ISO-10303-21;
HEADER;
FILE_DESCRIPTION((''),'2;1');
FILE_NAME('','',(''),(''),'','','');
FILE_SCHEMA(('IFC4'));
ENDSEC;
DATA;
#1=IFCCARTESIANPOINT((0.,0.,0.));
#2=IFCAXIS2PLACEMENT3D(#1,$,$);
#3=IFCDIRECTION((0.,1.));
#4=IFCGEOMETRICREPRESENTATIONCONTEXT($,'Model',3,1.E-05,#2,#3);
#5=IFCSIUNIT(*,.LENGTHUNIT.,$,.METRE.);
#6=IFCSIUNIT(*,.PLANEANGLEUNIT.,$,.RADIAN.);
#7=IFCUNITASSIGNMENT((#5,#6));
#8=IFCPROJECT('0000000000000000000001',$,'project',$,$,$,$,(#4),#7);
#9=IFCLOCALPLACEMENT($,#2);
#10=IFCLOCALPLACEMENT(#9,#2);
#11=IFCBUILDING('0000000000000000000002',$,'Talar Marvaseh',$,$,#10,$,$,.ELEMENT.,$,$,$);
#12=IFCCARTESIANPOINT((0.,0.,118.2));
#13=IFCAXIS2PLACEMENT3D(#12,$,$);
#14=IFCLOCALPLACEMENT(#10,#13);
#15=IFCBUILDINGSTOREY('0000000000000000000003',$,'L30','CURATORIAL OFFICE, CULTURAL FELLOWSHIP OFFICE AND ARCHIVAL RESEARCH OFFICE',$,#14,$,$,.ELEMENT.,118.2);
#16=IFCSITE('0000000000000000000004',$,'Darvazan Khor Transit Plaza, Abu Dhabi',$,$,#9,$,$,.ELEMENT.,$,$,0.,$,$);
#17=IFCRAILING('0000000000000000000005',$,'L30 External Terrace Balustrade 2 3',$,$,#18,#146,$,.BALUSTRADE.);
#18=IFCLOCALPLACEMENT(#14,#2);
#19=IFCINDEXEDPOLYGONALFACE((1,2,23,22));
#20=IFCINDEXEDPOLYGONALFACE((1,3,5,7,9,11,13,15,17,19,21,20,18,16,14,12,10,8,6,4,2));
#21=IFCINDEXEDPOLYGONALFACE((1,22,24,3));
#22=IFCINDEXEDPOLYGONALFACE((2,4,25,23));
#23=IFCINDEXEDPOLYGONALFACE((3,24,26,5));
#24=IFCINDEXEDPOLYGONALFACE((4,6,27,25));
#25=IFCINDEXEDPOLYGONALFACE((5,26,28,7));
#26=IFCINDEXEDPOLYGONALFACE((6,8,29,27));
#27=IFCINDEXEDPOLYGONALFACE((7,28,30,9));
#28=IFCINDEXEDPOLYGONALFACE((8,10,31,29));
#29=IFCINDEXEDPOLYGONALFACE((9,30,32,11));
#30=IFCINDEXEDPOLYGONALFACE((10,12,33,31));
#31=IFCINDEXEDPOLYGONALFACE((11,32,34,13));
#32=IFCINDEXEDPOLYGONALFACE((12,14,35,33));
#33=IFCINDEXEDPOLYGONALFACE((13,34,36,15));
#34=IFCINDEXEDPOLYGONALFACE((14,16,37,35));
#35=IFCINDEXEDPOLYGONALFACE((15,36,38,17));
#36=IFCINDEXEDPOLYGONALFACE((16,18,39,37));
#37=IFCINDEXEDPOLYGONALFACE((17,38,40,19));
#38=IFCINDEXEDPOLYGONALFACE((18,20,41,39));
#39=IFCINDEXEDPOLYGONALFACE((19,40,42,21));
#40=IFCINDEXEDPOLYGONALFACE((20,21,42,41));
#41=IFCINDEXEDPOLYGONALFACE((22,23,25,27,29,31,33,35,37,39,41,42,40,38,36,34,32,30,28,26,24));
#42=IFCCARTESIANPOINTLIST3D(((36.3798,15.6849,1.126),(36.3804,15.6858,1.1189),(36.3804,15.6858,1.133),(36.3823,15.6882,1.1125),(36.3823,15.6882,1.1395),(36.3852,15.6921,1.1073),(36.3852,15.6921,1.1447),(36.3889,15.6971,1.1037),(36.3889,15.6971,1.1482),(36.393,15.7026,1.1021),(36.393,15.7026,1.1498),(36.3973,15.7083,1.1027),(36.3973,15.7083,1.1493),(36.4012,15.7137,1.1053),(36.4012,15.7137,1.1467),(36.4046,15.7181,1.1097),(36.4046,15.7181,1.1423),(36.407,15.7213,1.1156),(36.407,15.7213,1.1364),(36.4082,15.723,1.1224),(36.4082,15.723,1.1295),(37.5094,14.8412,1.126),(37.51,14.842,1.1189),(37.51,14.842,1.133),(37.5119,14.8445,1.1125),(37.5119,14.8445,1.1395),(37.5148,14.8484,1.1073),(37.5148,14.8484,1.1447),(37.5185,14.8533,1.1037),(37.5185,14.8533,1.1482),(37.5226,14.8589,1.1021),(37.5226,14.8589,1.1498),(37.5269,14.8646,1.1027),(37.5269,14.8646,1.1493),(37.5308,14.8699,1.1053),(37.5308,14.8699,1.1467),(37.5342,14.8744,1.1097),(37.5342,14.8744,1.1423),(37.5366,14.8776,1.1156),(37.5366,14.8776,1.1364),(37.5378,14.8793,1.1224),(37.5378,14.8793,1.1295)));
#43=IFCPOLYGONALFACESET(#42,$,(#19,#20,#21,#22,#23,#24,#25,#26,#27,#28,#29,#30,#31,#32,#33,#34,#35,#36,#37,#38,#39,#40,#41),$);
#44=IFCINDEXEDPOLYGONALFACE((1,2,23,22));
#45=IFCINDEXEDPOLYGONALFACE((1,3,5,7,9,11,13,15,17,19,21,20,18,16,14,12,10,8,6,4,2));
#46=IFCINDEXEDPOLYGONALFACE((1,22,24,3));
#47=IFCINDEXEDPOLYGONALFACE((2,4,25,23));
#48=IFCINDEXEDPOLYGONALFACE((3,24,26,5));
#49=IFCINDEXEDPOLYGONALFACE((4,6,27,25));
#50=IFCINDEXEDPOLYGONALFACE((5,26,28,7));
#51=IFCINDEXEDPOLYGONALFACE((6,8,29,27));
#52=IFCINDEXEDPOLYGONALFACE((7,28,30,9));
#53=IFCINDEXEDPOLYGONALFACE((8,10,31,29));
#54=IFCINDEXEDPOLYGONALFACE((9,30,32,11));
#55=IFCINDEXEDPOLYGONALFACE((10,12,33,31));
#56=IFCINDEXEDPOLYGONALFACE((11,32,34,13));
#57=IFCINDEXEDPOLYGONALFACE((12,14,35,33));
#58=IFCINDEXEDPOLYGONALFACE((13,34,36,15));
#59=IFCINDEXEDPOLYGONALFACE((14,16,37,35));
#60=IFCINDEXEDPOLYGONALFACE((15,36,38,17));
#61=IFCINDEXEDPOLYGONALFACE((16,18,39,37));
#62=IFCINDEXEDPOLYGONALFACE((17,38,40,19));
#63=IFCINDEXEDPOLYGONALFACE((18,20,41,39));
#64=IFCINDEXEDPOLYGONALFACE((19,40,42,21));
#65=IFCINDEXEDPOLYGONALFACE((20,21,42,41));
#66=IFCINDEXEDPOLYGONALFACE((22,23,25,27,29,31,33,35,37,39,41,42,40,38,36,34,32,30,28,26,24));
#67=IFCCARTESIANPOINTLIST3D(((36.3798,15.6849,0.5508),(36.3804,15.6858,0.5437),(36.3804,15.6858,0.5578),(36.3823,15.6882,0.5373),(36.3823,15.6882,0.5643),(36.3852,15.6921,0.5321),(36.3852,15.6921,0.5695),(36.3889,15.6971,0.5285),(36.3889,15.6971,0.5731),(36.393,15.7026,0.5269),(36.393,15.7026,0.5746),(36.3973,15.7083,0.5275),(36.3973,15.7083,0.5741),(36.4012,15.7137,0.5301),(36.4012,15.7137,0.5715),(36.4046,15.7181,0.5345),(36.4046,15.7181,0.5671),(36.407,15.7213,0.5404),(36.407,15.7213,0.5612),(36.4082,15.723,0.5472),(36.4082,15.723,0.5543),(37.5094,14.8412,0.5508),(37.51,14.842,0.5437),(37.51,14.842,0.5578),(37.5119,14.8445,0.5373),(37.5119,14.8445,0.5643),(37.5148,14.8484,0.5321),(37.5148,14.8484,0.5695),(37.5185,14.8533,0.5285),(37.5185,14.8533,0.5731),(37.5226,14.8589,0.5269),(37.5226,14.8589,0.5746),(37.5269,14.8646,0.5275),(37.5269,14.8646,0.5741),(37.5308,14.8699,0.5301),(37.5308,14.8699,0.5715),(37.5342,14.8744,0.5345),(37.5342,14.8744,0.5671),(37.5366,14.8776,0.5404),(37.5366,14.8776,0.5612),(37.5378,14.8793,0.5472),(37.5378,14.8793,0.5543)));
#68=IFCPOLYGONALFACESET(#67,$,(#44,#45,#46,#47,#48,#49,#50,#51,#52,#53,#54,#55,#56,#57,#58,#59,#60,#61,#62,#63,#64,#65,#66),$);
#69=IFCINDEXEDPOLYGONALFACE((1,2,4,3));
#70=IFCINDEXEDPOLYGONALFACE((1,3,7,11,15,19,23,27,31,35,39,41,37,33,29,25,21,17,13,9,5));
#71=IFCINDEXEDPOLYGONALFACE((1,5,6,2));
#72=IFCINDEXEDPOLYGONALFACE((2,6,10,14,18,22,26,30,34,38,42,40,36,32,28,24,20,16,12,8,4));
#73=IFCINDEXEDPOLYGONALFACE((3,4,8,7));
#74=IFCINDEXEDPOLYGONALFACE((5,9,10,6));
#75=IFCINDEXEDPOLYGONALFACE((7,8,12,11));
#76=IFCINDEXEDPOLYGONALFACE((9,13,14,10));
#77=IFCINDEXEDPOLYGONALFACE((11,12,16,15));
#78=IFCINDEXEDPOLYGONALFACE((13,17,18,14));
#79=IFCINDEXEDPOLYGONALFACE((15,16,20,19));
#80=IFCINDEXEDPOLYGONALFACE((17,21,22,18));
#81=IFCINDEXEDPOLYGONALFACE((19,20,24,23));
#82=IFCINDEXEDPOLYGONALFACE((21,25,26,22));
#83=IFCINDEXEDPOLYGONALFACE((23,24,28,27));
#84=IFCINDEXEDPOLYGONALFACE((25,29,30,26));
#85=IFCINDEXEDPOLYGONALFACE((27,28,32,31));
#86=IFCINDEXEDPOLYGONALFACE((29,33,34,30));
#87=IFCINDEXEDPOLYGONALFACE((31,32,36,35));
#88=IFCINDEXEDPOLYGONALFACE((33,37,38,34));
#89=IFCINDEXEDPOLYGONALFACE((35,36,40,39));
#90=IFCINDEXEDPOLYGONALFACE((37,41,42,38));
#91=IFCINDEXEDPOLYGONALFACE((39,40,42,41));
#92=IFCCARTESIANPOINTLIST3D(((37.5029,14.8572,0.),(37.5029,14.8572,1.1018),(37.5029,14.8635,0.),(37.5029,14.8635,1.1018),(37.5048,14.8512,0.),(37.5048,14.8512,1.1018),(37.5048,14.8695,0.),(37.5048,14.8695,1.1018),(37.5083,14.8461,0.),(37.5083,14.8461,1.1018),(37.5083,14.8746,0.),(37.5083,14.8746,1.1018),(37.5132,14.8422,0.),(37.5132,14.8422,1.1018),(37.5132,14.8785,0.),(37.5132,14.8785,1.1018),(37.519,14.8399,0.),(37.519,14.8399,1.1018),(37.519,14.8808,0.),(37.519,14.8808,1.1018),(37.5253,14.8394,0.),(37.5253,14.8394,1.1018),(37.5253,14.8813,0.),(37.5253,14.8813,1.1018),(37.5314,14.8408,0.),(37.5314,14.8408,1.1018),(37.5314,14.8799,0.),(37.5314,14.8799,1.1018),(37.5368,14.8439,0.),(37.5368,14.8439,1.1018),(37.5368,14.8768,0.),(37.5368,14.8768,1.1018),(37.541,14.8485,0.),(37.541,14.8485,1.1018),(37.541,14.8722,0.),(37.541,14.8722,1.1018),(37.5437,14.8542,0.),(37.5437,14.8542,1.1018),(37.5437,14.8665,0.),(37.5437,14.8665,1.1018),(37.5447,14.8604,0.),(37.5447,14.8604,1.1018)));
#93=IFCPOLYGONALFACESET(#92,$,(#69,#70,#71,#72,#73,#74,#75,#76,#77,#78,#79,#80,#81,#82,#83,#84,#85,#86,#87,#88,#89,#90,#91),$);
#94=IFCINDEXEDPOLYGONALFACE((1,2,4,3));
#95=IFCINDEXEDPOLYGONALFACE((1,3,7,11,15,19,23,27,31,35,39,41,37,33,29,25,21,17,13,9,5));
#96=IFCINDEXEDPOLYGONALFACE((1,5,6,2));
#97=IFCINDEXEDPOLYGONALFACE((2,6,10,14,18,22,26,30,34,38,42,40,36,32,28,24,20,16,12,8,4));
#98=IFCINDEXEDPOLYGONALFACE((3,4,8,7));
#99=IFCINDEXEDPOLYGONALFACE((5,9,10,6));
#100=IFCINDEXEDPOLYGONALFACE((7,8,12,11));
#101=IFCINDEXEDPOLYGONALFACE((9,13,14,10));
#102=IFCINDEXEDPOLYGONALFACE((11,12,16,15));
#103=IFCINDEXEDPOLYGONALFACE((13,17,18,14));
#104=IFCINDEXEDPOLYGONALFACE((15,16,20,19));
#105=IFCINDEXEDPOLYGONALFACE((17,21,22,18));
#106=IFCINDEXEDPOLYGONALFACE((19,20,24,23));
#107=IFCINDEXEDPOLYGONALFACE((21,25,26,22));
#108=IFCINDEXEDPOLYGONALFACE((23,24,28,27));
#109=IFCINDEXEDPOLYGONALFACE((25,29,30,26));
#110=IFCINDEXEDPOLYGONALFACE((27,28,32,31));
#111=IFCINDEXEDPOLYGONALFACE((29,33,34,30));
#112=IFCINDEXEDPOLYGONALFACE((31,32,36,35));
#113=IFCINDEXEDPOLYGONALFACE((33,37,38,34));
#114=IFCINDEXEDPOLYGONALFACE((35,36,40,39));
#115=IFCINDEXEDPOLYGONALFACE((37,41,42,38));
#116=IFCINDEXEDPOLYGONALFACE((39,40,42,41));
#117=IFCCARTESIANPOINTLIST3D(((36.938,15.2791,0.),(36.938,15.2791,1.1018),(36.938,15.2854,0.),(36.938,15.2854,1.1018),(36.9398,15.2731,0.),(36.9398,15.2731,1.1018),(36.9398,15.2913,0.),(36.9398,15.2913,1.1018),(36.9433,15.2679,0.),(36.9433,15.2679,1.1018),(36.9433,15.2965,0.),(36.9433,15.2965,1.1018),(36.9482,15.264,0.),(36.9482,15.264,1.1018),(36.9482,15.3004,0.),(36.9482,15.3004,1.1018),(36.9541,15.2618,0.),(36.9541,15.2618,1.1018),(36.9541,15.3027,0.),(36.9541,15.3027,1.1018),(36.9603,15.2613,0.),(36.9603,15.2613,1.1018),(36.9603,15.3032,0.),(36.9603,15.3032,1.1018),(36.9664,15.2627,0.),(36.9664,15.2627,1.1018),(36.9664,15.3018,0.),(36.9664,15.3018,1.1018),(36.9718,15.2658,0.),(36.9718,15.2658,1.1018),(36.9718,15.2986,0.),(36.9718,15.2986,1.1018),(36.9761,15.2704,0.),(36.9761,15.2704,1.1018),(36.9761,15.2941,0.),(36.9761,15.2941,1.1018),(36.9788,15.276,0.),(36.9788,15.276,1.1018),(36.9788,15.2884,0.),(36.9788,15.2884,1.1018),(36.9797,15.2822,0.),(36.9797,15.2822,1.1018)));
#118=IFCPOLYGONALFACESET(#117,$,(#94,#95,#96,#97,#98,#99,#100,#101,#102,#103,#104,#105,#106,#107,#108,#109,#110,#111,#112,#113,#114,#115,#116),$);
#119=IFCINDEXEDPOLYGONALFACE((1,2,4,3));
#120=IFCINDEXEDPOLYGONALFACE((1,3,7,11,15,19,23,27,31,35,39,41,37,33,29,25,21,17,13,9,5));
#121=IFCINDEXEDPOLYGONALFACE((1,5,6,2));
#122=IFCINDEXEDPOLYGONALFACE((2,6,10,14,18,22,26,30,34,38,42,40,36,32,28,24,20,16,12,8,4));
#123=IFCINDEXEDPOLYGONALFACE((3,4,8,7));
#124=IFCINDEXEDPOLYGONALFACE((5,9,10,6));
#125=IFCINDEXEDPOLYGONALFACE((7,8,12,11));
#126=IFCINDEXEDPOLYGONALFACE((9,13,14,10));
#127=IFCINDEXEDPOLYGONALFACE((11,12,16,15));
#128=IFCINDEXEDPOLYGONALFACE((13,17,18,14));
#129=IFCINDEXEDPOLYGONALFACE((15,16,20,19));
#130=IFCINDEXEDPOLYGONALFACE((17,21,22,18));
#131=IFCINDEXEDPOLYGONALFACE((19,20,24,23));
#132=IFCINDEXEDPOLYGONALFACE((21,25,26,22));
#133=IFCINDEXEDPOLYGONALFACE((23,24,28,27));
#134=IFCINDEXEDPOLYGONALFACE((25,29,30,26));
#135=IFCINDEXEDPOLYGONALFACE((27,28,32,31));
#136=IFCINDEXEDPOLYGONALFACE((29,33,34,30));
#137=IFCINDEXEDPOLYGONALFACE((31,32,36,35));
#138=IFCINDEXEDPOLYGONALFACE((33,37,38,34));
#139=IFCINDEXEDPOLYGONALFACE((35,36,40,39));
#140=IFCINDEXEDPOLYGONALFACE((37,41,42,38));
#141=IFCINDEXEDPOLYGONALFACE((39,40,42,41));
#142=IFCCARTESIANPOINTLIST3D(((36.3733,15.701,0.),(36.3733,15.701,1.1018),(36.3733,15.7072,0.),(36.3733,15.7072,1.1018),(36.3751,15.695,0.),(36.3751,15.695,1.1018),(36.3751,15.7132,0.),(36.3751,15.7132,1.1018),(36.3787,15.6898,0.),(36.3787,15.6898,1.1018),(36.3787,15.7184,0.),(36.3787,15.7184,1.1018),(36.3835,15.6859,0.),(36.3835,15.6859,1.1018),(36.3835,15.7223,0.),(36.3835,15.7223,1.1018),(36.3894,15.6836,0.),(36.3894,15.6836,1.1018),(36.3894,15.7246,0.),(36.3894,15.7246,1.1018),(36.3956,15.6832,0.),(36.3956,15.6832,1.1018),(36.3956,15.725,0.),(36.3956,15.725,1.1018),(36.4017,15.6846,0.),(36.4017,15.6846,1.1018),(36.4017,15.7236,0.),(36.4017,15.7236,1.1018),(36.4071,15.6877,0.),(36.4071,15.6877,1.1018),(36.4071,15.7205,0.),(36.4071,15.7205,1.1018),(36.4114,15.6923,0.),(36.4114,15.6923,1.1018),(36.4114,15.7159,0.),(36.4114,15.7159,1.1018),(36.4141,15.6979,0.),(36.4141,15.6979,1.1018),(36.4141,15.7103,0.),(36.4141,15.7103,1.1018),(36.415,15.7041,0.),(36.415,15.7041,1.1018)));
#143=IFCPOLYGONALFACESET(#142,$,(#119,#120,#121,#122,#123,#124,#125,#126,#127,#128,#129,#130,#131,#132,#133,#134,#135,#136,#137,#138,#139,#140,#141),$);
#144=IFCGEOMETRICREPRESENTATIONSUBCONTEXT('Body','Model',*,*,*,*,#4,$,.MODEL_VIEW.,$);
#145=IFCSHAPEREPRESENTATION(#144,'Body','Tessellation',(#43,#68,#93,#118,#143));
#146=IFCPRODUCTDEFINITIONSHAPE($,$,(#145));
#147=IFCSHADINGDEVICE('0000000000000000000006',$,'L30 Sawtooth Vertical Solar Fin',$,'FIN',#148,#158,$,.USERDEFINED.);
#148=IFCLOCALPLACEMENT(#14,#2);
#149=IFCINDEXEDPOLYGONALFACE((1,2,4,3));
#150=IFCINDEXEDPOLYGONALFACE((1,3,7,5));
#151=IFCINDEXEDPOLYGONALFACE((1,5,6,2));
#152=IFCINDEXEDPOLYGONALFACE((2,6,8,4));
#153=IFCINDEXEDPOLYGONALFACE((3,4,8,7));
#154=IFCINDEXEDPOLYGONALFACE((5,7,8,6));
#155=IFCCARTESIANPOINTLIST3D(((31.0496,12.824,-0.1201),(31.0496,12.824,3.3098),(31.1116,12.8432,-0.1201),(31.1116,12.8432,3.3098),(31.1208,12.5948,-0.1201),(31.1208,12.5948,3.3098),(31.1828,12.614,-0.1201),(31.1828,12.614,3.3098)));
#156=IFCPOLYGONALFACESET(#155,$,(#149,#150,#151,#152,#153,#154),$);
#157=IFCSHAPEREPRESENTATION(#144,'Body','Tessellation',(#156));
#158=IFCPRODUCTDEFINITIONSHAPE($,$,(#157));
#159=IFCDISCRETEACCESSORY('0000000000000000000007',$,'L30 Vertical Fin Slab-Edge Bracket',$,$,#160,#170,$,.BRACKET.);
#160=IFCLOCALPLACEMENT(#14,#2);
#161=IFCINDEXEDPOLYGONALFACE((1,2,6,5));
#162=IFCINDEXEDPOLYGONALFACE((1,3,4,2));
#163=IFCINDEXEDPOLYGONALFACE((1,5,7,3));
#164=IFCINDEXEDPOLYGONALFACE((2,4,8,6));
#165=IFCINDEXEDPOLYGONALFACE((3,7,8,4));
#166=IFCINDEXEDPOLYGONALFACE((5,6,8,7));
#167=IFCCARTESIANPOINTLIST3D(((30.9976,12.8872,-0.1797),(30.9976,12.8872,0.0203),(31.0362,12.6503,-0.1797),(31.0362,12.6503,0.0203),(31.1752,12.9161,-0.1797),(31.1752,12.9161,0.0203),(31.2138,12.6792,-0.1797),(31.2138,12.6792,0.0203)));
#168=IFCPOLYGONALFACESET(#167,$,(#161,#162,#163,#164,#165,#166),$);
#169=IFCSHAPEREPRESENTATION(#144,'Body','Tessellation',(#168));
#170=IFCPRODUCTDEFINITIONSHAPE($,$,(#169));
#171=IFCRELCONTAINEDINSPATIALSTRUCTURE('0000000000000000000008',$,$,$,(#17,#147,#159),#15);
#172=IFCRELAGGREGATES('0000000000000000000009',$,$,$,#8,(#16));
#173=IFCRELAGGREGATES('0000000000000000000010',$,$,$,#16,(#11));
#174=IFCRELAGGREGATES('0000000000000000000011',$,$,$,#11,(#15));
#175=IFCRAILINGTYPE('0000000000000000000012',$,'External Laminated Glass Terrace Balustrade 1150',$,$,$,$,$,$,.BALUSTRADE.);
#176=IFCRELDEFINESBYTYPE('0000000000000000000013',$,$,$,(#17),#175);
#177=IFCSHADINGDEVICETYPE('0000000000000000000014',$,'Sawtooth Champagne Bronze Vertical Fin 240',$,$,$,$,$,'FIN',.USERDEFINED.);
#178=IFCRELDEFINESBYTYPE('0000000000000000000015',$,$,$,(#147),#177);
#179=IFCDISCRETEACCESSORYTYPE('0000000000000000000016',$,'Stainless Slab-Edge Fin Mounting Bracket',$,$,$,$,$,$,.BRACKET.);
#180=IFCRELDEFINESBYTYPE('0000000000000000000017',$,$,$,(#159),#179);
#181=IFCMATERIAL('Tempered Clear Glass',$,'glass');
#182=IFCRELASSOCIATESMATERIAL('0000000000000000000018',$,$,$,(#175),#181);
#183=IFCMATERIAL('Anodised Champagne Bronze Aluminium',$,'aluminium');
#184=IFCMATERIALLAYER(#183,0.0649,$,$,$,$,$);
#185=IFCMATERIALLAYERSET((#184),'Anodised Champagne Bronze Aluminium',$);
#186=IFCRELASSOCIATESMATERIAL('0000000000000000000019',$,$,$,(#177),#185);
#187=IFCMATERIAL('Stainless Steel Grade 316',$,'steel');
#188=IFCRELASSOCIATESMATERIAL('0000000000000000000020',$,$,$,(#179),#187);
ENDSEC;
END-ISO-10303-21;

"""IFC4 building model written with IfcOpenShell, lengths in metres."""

from ifc_helpers import new_model, si_unit, direction, frame, origin, origin_2d, place, context, subcontext, project, spatial, rectangle, circle, extrude, source, transform, mapped, material, layer, layer_set, type_object, type_shapes, element, save


model = new_model("IFC4")

# Units and contexts
model_context = context("Model", 3, precision=1e-05, world=origin(), true_north=direction((0.0, 1.0)))
body_context = subcontext(model_context, "Body", "Model", "MODEL_VIEW")
ifc_project = project(units=[si_unit("LENGTHUNIT", "METRE"), si_unit("PLANEANGLEUNIT", "RADIAN")], contexts=[model_context])

# Site, building, storey
site_placement = place(None, origin())
site = spatial("IfcSite", under=ifc_project, at=site_placement, Name="Darvazan Khor Transit Plaza, Abu Dhabi", CompositionType="ELEMENT", RefElevation=0.0)
building_placement = place(site_placement, origin())
building = spatial("IfcBuilding", under=site, at=building_placement, Name="Talar Marvaseh", CompositionType="ELEMENT")
storey_placement = place(building_placement, frame((0.0, 0.0, 118.2)))
storey = spatial("IfcBuildingStorey", under=building, at=storey_placement, Name="L30", Description="CURATORIAL OFFICE, CULTURAL FELLOWSHIP OFFICE AND ARCHIVAL RESEARCH OFFICE", CompositionType="ELEMENT", Elevation=118.2)

# Railing
ifc_material_1 = material(Name="Tempered Clear Glass", Category="glass")
railing_type = type_object("IfcRailingType", Name="External Laminated Glass Terrace Balustrade 1150", PredefinedType="BALUSTRADE", material=ifc_material_1)
railing_placement = place(storey_placement, frame((37.5237, 14.8604, 0.0)))
element("IfcRailing", 1, at=railing_placement, inside=storey, type_object=railing_type, Name="L30 External Terrace Balustrade 2 3", PredefinedType="BALUSTRADE", context=body_context, shape_type="SweptSolid", body=[
    extrude(circle(Radius=0.0239, at=origin_2d()), frame((0.0, 0.0, 1.126), z_axis=(-0.801183, 0.59842, 0.0), x_axis=(-0.59842, -0.801183, 0.0)), (0.0, 0.0, 1.0), 1.4099),
    extrude(circle(Radius=0.0239, at=origin_2d()), frame((0.0, 0.0, 0.5508), z_axis=(-0.801183, 0.59842, 0.0), x_axis=(-0.59842, -0.801183, 0.0)), (0.0, 0.0, 1.0), 1.4099),
    extrude(circle(Radius=0.021, at=origin_2d()), origin(), (0.0, 0.0, 1.0), 1.1018),
    extrude(circle(Radius=0.021, at=origin_2d()), frame((-0.5649, 0.4219, 0.0)), (0.0, 0.0, 1.0), 1.1018),
    extrude(circle(Radius=0.021, at=origin_2d()), frame((-1.1296, 0.8438, 0.0)), (0.0, 0.0, 1.0), 1.1018),
])

# Shading device
ifc_material_2 = material(Name="Anodised Champagne Bronze Aluminium", Category="aluminium")
ifc_layer_1 = layer(ifc_material_2, 0.0649)
ifc_layer_set_1 = layer_set([ifc_layer_1], Name="Anodised Champagne Bronze Aluminium")
shading_device_type = type_object("IfcShadingDeviceType", Name="Sawtooth Champagne Bronze Vertical Fin 240", ElementType="FIN", PredefinedType="USERDEFINED", material=ifc_layer_set_1)
shared_shape_1 = source(origin(), body_context, "Body", "SweptSolid", [
    extrude(rectangle(XDim=0.24, YDim=0.0649, at=origin_2d()), origin(), (0.0, 0.0, 1.0), 3.4299),
])
type_shapes(shading_device_type, [shared_shape_1])
shading_device_placement = place(storey_placement, frame((31.1162, 12.719, -0.1201), z_axis=(0.0, 0.0, 1.0), x_axis=(0.296708, -0.954968, 0.0)))
element("IfcShadingDevice", 2, at=shading_device_placement, inside=storey, type_object=shading_device_type, Name="L30 Sawtooth Vertical Solar Fin", ObjectType="FIN", PredefinedType="USERDEFINED", context=body_context, shape_type="MappedRepresentation", body=[
    mapped(shared_shape_1, transform((0.0, 0.0, 0.0), x_axis=(1.0, 0.0, 0.0), y_axis=(0.0, 1.0, 0.0), z_axis=(0.0, 0.0, 1.0), scale=1.0)),
])

# Discrete accessory
ifc_material_3 = material(Name="Stainless Steel Grade 316", Category="steel")
discrete_accessory_type = type_object("IfcDiscreteAccessoryType", Name="Stainless Slab-Edge Fin Mounting Bracket", PredefinedType="BRACKET", material=ifc_material_3)
shared_shape_2 = source(origin(), body_context, "Body", "SweptSolid", [
    extrude(rectangle(XDim=0.24, YDim=0.1799, at=origin_2d()), origin(), (0.0, 0.0, 1.0), 0.2),
])
type_shapes(discrete_accessory_type, [shared_shape_2])
discrete_accessory_placement = place(storey_placement, frame((31.1057, 12.7832, -0.1797), z_axis=(0.0, 0.0, 1.0), x_axis=(0.160915, -0.986968, 0.0)))
element("IfcDiscreteAccessory", 3, at=discrete_accessory_placement, inside=storey, type_object=discrete_accessory_type, Name="L30 Vertical Fin Slab-Edge Bracket", PredefinedType="BRACKET", context=body_context, shape_type="MappedRepresentation", body=[
    mapped(shared_shape_2, transform((0.0, 0.0, 0.0), x_axis=(1.0, 0.0, 0.0), y_axis=(0.0, 1.0, 0.0), z_axis=(0.0, 0.0, 1.0), scale=1.0)),
])

save(model, "model.ifc")
